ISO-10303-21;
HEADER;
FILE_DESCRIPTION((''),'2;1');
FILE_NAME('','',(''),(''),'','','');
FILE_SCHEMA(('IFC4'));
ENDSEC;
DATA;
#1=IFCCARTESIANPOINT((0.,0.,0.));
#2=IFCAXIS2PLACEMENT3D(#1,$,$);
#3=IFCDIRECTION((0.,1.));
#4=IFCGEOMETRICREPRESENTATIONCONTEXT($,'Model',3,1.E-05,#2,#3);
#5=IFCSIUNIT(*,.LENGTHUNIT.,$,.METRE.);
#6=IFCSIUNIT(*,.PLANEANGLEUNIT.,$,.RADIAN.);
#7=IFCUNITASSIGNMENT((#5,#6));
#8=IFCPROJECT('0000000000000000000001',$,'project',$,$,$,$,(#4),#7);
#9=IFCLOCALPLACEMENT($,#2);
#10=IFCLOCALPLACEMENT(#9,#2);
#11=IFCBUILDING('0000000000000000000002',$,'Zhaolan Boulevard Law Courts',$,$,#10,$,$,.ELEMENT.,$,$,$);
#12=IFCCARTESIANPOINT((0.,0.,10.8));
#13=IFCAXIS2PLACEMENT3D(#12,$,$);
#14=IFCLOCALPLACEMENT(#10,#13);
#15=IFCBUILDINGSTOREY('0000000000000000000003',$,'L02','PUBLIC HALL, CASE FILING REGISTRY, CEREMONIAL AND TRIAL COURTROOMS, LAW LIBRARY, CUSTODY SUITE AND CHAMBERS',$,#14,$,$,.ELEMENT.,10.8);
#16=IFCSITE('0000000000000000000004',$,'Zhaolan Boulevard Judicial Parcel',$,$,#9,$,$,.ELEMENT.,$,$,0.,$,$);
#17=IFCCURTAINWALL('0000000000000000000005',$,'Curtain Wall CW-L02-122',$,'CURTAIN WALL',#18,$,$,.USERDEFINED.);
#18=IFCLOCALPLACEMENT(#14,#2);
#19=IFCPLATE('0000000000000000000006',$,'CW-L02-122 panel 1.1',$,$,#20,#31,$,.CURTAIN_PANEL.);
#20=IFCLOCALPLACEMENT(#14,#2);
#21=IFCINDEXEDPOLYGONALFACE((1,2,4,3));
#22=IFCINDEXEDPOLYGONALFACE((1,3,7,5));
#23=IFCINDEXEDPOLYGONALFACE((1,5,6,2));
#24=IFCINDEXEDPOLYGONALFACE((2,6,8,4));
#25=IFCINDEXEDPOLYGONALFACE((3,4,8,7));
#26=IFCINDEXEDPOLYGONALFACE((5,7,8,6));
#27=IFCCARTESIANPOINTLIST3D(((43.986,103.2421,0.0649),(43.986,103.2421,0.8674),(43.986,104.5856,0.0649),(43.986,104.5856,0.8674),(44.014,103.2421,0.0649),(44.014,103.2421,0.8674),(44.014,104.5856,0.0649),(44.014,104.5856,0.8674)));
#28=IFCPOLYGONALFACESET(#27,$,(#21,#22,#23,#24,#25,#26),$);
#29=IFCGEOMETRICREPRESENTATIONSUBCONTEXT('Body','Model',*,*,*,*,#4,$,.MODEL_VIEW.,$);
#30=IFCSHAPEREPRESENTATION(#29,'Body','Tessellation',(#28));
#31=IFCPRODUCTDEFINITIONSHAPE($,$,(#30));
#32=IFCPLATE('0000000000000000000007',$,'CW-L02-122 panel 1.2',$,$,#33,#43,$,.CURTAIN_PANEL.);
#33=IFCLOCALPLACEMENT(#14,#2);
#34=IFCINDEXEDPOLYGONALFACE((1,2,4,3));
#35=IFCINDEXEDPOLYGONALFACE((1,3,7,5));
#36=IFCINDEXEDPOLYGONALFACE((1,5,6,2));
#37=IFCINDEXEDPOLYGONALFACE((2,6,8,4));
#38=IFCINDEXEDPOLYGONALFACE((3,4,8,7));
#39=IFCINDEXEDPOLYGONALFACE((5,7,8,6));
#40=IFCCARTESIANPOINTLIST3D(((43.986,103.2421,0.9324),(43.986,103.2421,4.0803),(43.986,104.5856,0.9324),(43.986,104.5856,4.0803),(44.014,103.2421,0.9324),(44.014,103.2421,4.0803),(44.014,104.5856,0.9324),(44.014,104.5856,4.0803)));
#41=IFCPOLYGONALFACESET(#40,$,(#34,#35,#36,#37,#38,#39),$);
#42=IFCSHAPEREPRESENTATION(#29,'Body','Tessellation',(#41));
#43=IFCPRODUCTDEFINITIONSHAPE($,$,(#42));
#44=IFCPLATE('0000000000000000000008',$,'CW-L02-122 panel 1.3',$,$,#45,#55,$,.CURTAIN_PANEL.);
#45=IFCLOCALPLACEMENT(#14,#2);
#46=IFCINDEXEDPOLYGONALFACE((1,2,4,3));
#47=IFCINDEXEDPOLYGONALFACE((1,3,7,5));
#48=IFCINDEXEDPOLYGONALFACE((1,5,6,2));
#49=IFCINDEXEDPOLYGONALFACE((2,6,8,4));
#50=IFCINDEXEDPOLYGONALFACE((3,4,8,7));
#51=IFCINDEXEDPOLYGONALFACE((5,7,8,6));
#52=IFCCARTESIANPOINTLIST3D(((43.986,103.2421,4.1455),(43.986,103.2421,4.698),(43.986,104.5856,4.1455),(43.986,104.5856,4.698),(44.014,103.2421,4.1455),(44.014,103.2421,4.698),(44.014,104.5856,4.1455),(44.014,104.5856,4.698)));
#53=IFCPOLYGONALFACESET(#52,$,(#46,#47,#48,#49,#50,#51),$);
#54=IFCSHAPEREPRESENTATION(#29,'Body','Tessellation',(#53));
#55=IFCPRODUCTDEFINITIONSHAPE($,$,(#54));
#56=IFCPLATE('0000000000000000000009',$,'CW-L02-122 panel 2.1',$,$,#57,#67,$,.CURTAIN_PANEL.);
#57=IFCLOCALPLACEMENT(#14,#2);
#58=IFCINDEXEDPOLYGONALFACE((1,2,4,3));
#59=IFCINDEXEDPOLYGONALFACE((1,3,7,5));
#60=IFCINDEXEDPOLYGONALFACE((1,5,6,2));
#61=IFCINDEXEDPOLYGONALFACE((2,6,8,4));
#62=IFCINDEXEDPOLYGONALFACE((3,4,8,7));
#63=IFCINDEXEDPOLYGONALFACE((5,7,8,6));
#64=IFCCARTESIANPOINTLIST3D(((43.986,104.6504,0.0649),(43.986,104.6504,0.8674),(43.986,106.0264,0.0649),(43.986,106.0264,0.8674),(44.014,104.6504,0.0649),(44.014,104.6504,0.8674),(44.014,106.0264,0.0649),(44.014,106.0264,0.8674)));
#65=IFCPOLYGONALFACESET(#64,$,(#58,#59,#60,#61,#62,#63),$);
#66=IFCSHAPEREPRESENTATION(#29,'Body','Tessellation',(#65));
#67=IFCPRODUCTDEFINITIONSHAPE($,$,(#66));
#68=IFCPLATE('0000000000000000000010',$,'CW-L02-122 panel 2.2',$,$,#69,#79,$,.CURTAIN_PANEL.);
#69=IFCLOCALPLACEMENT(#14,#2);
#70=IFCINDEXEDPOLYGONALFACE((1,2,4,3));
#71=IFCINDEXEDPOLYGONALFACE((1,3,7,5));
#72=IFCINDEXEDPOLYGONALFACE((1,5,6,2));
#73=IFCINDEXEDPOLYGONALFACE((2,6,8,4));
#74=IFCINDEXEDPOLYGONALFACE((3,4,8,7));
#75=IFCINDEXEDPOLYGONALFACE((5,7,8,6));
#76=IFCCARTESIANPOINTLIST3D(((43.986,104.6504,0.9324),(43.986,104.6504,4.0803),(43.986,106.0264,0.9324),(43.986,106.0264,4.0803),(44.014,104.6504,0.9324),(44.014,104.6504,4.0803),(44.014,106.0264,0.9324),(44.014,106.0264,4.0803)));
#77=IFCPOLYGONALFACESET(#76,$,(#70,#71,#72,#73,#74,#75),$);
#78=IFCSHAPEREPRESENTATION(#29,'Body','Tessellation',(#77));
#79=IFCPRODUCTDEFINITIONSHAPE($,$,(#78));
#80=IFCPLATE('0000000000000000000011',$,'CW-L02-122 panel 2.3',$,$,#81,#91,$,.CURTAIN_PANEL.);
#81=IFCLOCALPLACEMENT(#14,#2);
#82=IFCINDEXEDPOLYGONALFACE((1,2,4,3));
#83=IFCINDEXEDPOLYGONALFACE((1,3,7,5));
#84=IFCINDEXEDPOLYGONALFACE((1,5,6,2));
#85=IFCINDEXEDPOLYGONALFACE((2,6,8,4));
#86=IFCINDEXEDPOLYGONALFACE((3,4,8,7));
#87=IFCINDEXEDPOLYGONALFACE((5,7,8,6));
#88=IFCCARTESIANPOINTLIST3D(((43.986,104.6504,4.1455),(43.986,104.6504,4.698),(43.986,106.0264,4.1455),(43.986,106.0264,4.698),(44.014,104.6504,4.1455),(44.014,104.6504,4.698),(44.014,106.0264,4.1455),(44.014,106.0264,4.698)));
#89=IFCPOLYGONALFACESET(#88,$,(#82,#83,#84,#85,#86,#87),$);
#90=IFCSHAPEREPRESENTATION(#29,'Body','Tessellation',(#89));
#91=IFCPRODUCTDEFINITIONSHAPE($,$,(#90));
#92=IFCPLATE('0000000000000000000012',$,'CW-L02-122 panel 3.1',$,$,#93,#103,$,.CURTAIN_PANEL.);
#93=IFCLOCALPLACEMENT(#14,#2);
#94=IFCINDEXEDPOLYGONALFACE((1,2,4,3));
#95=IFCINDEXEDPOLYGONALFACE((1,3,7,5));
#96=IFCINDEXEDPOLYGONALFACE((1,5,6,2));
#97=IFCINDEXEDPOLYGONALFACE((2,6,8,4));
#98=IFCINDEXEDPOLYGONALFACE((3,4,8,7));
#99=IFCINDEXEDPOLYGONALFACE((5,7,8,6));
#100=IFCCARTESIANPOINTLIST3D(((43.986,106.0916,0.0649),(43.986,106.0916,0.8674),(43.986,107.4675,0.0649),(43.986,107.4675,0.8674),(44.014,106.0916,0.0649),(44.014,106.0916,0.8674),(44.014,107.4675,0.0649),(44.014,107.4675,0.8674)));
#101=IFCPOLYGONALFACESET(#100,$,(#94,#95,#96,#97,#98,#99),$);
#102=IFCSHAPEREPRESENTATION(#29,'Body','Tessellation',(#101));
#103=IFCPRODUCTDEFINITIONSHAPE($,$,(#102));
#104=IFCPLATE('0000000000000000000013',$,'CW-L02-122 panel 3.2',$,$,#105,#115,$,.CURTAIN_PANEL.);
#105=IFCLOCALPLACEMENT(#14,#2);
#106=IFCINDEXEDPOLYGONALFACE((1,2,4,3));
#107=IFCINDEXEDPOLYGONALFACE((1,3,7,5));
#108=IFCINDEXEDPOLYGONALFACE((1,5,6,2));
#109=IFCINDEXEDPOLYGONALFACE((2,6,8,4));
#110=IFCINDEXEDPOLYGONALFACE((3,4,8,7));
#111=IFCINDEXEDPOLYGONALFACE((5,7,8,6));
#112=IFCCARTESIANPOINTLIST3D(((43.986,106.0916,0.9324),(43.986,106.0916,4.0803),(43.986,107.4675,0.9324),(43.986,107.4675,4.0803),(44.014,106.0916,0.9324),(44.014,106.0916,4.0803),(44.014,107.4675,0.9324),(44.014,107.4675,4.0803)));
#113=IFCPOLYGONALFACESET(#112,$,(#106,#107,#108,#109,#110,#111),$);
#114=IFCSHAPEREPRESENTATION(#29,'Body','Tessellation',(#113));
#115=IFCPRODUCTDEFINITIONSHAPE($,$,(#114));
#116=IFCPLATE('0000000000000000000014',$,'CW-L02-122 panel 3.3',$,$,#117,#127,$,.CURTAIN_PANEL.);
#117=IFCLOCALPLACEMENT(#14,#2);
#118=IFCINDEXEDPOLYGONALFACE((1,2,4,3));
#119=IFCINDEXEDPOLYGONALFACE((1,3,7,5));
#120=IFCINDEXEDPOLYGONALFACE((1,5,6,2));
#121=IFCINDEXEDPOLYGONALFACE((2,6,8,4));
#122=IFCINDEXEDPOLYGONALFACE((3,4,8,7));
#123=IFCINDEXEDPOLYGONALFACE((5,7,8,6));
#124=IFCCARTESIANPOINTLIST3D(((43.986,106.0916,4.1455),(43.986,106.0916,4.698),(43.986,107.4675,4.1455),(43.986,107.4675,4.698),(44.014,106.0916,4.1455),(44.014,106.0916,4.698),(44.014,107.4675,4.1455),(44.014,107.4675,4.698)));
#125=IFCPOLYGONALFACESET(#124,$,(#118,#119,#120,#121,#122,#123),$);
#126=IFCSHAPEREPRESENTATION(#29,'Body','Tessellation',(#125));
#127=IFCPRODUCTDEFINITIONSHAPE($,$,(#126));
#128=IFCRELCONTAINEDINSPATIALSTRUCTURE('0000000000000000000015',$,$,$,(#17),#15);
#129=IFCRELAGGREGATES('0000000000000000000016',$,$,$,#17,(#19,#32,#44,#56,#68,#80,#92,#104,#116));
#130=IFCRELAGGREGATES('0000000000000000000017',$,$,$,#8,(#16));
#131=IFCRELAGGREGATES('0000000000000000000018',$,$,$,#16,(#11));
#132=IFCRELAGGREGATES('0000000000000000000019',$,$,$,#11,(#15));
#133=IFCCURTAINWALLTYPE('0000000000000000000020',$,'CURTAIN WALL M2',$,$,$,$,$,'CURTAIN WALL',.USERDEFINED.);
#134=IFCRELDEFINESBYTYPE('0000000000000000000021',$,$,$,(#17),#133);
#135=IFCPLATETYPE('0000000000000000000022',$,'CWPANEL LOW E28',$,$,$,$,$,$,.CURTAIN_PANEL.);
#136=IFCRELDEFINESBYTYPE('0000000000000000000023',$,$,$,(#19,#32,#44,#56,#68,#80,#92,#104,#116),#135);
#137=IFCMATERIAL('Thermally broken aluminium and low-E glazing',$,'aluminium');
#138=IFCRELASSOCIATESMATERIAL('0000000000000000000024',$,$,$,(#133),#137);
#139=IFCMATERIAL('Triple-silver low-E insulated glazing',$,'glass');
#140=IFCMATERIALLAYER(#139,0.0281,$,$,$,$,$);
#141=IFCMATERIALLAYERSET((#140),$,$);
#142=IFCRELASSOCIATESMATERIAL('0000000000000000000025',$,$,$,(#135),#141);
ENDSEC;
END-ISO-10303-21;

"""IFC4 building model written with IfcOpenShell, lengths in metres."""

from ifc_helpers import new_model, si_unit, direction, frame, origin, origin_2d, place, context, subcontext, project, spatial, rectangle, extrude, material, layer, layer_set, type_object, element, aggregate, save


model = new_model("IFC4")

# Units and contexts
model_context = context("Model", 3, precision=1e-05, world=origin(), true_north=direction((0.0, 1.0)))
body_context = subcontext(model_context, "Body", "Model", "MODEL_VIEW")
ifc_project = project(units=[si_unit("LENGTHUNIT", "METRE"), si_unit("PLANEANGLEUNIT", "RADIAN")], contexts=[model_context])

# Site, building, storey
site_placement = place(None, origin())
site = spatial("IfcSite", under=ifc_project, at=site_placement, Name="Zhaolan Boulevard Judicial Parcel", CompositionType="ELEMENT", RefElevation=0.0)
building_placement = place(site_placement, origin())
building = spatial("IfcBuilding", under=site, at=building_placement, Name="Zhaolan Boulevard Law Courts", CompositionType="ELEMENT")
storey_placement = place(building_placement, frame((0.0, 0.0, 10.8)))
storey = spatial("IfcBuildingStorey", under=building, at=storey_placement, Name="L02", Description="PUBLIC HALL, CASE FILING REGISTRY, CEREMONIAL AND TRIAL COURTROOMS, LAW LIBRARY, CUSTODY SUITE AND CHAMBERS", CompositionType="ELEMENT", Elevation=10.8)

# Curtain wall, plates
ifc_material_1 = material(Name="Thermally broken aluminium and low-E glazing", Category="aluminium")
curtain_wall_type = type_object("IfcCurtainWallType", Name="CURTAIN WALL M2", ElementType="CURTAIN WALL", PredefinedType="USERDEFINED", material=ifc_material_1)
curtain_wall_placement = place(storey_placement, origin())
curtain_wall = element("IfcCurtainWall", 1, at=curtain_wall_placement, inside=storey, type_object=curtain_wall_type, Name="Curtain Wall CW-L02-122", ObjectType="CURTAIN WALL", PredefinedType="USERDEFINED")
ifc_material_2 = material(Name="Triple-silver low-E insulated glazing", Category="glass")
ifc_layer = layer(ifc_material_2, 0.0281)
ifc_layer_set = layer_set([ifc_layer])
plate_type = type_object("IfcPlateType", Name="CWPANEL LOW E28", PredefinedType="CURTAIN_PANEL", material=ifc_layer_set)
plate_1_placement = place(storey_placement, frame((44.0, 103.9138, 0.0649), z_axis=(0.0, 0.0, 1.0), x_axis=(0.0, 1.0, 0.0)))
plate_1 = element("IfcPlate", 2, at=plate_1_placement, type_object=plate_type, Name="CW-L02-122 panel 1.1", PredefinedType="CURTAIN_PANEL", context=body_context, shape_type="SweptSolid", body=[
    extrude(rectangle(XDim=1.3435, YDim=0.0281, at=origin_2d()), origin(), (0.0, 0.0, 1.0), 0.8025),
])
plate_2_placement = place(storey_placement, frame((44.0, 103.9138, 0.9324), z_axis=(0.0, 0.0, 1.0), x_axis=(0.0, 1.0, 0.0)))
plate_2 = element("IfcPlate", 3, at=plate_2_placement, type_object=plate_type, Name="CW-L02-122 panel 1.2", PredefinedType="CURTAIN_PANEL", context=body_context, shape_type="SweptSolid", body=[
    extrude(rectangle(XDim=1.3435, YDim=0.0281, at=origin_2d()), origin(), (0.0, 0.0, 1.0), 3.1479),
])
plate_3_placement = place(storey_placement, frame((44.0, 103.9138, 4.1455), z_axis=(0.0, 0.0, 1.0), x_axis=(0.0, 1.0, 0.0)))
plate_3 = element("IfcPlate", 4, at=plate_3_placement, type_object=plate_type, Name="CW-L02-122 panel 1.3", PredefinedType="CURTAIN_PANEL", context=body_context, shape_type="SweptSolid", body=[
    extrude(rectangle(XDim=1.3435, YDim=0.0281, at=origin_2d()), origin(), (0.0, 0.0, 1.0), 0.5525),
])
plate_4_placement = place(storey_placement, frame((44.0, 105.3384, 0.0649), z_axis=(0.0, 0.0, 1.0), x_axis=(0.0, 1.0, 0.0)))
plate_4 = element("IfcPlate", 5, at=plate_4_placement, type_object=plate_type, Name="CW-L02-122 panel 2.1", PredefinedType="CURTAIN_PANEL", context=body_context, shape_type="SweptSolid", body=[
    extrude(rectangle(XDim=1.376, YDim=0.0281, at=origin_2d()), origin(), (0.0, 0.0, 1.0), 0.8025),
])
plate_5_placement = place(storey_placement, frame((44.0, 105.3384, 0.9324), z_axis=(0.0, 0.0, 1.0), x_axis=(0.0, 1.0, 0.0)))
plate_5 = element("IfcPlate", 6, at=plate_5_placement, type_object=plate_type, Name="CW-L02-122 panel 2.2", PredefinedType="CURTAIN_PANEL", context=body_context, shape_type="SweptSolid", body=[
    extrude(rectangle(XDim=1.376, YDim=0.0281, at=origin_2d()), origin(), (0.0, 0.0, 1.0), 3.1479),
])
plate_6_placement = place(storey_placement, frame((44.0, 105.3384, 4.1455), z_axis=(0.0, 0.0, 1.0), x_axis=(0.0, 1.0, 0.0)))
plate_6 = element("IfcPlate", 7, at=plate_6_placement, type_object=plate_type, Name="CW-L02-122 panel 2.3", PredefinedType="CURTAIN_PANEL", context=body_context, shape_type="SweptSolid", body=[
    extrude(rectangle(XDim=1.376, YDim=0.0281, at=origin_2d()), origin(), (0.0, 0.0, 1.0), 0.5525),
])
plate_7_placement = place(storey_placement, frame((44.0, 106.7795, 0.0649), z_axis=(0.0, 0.0, 1.0), x_axis=(0.0, 1.0, 0.0)))
plate_7 = element("IfcPlate", 8, at=plate_7_placement, type_object=plate_type, Name="CW-L02-122 panel 3.1", PredefinedType="CURTAIN_PANEL", context=body_context, shape_type="SweptSolid", body=[
    extrude(rectangle(XDim=1.376, YDim=0.0281, at=origin_2d()), origin(), (0.0, 0.0, 1.0), 0.8025),
])
plate_8_placement = place(storey_placement, frame((44.0, 106.7795, 0.9324), z_axis=(0.0, 0.0, 1.0), x_axis=(0.0, 1.0, 0.0)))
plate_8 = element("IfcPlate", 9, at=plate_8_placement, type_object=plate_type, Name="CW-L02-122 panel 3.2", PredefinedType="CURTAIN_PANEL", context=body_context, shape_type="SweptSolid", body=[
    extrude(rectangle(XDim=1.376, YDim=0.0281, at=origin_2d()), origin(), (0.0, 0.0, 1.0), 3.1479),
])
plate_9_placement = place(storey_placement, frame((44.0, 106.7795, 4.1455), z_axis=(0.0, 0.0, 1.0), x_axis=(0.0, 1.0, 0.0)))
plate_9 = element("IfcPlate", 10, at=plate_9_placement, type_object=plate_type, Name="CW-L02-122 panel 3.3", PredefinedType="CURTAIN_PANEL", context=body_context, shape_type="SweptSolid", body=[
    extrude(rectangle(XDim=1.376, YDim=0.0281, at=origin_2d()), origin(), (0.0, 0.0, 1.0), 0.5525),
])
aggregate(curtain_wall, [plate_1, plate_2, plate_3, plate_4, plate_5, plate_6, plate_7, plate_8, plate_9])

save(model, "model.ifc")
